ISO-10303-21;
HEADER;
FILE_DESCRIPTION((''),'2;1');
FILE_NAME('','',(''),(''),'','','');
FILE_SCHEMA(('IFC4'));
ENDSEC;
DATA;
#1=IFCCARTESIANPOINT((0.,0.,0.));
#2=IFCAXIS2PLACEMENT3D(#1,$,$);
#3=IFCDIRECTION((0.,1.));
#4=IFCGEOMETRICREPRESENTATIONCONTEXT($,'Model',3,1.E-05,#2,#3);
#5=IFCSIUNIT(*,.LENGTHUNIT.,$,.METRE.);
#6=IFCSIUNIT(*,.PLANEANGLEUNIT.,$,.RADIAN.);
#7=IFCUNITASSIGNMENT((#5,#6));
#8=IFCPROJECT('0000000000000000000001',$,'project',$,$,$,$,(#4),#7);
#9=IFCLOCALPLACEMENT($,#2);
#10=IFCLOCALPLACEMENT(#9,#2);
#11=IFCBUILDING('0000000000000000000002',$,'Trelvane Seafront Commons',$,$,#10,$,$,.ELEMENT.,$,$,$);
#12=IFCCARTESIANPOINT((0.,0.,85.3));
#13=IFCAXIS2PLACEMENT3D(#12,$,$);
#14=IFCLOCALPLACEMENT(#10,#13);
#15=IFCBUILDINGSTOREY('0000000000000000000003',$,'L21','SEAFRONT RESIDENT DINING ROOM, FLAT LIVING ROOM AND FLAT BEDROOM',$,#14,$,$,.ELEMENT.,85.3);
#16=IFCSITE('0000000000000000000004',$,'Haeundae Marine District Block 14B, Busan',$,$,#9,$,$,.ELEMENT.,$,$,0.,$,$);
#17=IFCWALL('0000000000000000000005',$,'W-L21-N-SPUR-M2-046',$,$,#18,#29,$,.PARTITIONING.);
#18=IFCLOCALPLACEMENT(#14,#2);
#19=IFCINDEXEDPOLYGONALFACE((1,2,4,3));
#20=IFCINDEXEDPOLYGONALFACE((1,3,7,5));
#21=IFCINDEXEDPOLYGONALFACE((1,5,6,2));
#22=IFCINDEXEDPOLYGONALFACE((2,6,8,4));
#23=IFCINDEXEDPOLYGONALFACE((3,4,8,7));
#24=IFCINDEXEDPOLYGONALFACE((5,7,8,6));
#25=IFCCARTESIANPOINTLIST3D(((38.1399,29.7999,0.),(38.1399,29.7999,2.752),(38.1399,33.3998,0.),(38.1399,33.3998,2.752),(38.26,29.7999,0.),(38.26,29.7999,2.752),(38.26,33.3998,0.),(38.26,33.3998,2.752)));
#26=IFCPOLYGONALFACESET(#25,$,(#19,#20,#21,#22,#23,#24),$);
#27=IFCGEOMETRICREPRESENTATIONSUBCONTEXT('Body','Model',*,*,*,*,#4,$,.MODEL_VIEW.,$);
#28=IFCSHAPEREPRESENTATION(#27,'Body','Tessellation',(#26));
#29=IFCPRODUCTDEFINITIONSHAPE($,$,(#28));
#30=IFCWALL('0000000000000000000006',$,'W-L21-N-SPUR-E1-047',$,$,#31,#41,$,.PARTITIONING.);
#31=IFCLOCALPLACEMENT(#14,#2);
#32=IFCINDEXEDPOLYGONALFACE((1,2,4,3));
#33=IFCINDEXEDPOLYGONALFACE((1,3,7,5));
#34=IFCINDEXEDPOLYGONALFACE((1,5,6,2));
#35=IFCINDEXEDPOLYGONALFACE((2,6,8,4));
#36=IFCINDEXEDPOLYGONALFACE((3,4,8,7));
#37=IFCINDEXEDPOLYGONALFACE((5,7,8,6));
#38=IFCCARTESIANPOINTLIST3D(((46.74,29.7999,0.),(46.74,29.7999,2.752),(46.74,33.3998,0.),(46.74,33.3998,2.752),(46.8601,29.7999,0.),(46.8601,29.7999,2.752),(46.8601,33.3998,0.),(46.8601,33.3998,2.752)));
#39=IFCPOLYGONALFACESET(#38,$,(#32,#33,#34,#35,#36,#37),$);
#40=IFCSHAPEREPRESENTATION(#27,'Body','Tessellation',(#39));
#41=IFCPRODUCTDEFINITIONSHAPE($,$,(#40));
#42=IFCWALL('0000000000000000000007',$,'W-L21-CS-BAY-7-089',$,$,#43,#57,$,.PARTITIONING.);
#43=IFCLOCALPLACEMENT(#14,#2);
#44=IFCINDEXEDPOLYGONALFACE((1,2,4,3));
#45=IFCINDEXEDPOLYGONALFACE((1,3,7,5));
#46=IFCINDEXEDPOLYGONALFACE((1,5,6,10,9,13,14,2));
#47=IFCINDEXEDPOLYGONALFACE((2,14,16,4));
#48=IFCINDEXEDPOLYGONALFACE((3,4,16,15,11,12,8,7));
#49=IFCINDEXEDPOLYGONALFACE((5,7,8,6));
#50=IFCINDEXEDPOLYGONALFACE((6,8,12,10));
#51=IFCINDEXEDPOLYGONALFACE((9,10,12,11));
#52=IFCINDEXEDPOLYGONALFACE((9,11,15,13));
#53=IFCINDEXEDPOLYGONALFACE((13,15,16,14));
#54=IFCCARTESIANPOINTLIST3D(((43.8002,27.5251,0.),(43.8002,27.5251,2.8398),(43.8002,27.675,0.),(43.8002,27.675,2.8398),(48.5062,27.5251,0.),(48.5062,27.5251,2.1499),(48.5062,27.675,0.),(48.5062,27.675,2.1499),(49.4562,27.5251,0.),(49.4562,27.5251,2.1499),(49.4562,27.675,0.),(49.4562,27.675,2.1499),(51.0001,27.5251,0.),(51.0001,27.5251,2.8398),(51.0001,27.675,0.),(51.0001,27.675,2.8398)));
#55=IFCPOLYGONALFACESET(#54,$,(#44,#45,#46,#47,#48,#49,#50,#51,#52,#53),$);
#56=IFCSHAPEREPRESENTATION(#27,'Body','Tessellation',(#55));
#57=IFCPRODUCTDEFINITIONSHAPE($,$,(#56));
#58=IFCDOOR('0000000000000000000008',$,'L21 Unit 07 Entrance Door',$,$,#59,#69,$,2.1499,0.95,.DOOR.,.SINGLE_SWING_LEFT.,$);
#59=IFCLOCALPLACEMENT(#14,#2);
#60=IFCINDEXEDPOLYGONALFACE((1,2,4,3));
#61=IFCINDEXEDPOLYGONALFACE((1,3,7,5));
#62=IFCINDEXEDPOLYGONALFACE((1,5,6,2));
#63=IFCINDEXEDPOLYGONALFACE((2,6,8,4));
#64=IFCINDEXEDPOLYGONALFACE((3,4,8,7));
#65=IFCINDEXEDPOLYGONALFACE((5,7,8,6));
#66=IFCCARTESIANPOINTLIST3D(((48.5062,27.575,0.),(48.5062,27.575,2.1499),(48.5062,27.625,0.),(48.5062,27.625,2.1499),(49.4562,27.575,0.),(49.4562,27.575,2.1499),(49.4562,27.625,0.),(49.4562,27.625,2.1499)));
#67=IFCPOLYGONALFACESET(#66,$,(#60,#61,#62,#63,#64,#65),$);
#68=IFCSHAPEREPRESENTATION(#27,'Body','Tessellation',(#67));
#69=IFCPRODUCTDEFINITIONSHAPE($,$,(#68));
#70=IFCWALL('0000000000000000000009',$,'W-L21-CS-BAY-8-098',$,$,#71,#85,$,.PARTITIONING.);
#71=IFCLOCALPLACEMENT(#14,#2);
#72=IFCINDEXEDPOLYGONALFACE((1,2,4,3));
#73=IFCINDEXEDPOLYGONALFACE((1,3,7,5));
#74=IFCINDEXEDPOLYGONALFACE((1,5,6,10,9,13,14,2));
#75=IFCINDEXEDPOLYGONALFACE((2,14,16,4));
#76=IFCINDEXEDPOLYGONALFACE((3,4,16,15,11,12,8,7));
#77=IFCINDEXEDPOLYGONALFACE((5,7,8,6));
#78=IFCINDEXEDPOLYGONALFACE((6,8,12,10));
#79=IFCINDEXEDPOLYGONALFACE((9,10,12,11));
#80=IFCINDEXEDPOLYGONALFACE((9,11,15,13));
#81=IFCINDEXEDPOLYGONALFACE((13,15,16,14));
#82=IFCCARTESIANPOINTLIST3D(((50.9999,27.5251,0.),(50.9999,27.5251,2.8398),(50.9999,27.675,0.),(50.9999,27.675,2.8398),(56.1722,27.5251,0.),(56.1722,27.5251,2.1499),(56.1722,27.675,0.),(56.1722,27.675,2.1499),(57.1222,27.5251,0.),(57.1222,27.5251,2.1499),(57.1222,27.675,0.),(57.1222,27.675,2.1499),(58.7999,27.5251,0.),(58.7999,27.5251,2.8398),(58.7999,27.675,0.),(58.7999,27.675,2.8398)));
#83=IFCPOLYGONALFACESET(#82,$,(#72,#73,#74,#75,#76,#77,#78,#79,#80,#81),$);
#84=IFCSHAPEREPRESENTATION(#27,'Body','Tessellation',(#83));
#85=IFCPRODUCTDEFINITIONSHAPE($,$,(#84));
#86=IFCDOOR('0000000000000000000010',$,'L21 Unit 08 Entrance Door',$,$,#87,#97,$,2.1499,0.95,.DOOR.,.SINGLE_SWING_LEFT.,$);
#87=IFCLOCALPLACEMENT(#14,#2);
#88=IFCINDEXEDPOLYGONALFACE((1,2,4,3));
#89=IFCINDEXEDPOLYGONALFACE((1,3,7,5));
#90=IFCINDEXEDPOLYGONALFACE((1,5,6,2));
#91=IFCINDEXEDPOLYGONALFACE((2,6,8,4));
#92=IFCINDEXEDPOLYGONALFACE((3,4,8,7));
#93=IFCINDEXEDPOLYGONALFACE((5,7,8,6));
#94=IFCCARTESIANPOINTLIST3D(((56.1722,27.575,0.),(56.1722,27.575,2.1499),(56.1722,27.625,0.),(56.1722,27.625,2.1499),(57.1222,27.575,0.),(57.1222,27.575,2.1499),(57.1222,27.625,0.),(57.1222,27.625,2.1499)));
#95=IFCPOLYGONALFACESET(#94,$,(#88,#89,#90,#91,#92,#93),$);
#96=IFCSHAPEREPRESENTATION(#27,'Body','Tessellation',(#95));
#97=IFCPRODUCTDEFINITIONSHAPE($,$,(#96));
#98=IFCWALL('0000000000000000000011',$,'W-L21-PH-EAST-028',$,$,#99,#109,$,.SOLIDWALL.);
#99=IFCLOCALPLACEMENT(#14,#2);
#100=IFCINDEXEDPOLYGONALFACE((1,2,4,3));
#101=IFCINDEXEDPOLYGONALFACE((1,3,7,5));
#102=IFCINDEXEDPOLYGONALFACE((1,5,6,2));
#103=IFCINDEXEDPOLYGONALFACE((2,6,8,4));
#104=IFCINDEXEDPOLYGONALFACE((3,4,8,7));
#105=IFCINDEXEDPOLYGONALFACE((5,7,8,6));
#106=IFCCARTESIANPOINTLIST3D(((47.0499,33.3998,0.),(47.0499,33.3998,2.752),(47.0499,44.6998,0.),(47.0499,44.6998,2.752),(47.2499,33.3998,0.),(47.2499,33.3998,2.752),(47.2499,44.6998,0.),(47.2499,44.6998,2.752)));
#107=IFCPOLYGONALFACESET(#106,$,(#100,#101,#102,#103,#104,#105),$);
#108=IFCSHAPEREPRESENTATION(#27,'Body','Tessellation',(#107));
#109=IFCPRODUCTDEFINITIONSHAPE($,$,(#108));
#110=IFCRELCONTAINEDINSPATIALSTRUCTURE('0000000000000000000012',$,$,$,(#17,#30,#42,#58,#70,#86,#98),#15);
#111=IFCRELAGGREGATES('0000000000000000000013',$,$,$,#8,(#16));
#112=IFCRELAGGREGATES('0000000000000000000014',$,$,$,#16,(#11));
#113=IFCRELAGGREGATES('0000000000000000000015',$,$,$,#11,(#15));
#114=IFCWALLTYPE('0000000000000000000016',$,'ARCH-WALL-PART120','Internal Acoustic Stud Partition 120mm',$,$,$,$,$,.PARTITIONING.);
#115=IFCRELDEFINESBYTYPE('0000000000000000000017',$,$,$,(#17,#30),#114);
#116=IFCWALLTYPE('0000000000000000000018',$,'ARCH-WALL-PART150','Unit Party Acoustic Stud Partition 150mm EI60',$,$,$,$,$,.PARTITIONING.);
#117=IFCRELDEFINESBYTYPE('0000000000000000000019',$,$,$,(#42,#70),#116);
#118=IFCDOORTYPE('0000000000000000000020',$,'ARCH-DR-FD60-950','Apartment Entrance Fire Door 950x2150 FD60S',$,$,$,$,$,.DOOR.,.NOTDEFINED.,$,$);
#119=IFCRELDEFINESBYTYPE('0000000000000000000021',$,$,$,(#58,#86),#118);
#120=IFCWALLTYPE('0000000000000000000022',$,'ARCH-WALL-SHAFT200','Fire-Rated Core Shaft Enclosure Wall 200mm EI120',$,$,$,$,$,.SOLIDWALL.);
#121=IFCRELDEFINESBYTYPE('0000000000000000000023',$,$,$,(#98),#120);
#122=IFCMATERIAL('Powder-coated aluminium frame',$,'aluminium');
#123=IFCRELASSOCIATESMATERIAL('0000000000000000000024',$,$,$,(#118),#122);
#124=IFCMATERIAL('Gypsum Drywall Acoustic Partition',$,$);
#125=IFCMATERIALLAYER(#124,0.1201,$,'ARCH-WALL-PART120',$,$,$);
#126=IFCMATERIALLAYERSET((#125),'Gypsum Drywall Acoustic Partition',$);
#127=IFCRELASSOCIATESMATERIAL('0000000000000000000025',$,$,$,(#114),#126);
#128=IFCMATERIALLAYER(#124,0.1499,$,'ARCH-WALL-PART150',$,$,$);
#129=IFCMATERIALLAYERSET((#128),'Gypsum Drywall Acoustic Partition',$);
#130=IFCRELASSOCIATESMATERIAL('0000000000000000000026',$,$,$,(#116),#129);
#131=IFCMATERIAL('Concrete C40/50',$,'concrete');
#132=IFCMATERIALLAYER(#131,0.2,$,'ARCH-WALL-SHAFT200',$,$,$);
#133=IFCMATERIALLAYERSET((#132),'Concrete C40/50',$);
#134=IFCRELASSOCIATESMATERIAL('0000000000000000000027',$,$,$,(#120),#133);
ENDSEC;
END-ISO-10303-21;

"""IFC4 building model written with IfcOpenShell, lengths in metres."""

from ifc_helpers import new_model, si_unit, direction, frame, frame_2d, origin, place, context, subcontext, project, spatial, rectangle, extrude, source, transform, mapped, material, layer, layer_set, type_object, element, fill, save


model = new_model("IFC4")

# Units and contexts
model_context = context("Model", 3, precision=1e-05, world=origin(), true_north=direction((0.0, 1.0)))
body_context = subcontext(model_context, "Body", "Model", "MODEL_VIEW")
ifc_project = project(units=[si_unit("LENGTHUNIT", "METRE"), si_unit("PLANEANGLEUNIT", "RADIAN")], contexts=[model_context])

# Site, building, storey
site_placement = place(None, origin())
site = spatial("IfcSite", under=ifc_project, at=site_placement, Name="Haeundae Marine District Block 14B, Busan", CompositionType="ELEMENT", RefElevation=0.0)
building_placement = place(site_placement, origin())
building = spatial("IfcBuilding", under=site, at=building_placement, Name="Trelvane Seafront Commons", CompositionType="ELEMENT")
storey_placement = place(building_placement, frame((0.0, 0.0, 85.3)))
storey = spatial("IfcBuildingStorey", under=building, at=storey_placement, Name="L21", Description="SEAFRONT RESIDENT DINING ROOM, FLAT LIVING ROOM AND FLAT BEDROOM", CompositionType="ELEMENT", Elevation=85.3)

# Shared definitions
ifc_material_1 = material(Name="Concrete C40/50", Category="concrete")
ifc_material_2 = material(Name="Powder-coated aluminium frame", Category="aluminium")
door_type_1 = type_object("IfcDoorType", Name="ARCH-DR-FD60-950", Description="Apartment Entrance Fire Door 950x2150 FD60S", OperationType="NOTDEFINED", PredefinedType="DOOR", material=ifc_material_2)
shared_shape_1 = source(origin(), body_context, "Body", "SweptSolid", [
    extrude(rectangle(XDim=0.95, YDim=2.1499, at=frame_2d((0.4751, 1.075))), frame((0.0, 0.0249, 0.0), z_axis=(0.0, -1.0, 0.0), x_axis=(1.0, 0.0, 0.0)), (0.0, 0.0, 1.0), 0.05),
])

# Shared definitions
ifc_material_3 = material(Name="Gypsum Drywall Acoustic Partition")
ifc_layer_1 = layer(ifc_material_3, 0.1201, Name="ARCH-WALL-PART120")
ifc_layer_set_1 = layer_set([ifc_layer_1], Name="Gypsum Drywall Acoustic Partition")
wall_type_1 = type_object("IfcWallType", Name="ARCH-WALL-PART120", Description="Internal Acoustic Stud Partition 120mm", PredefinedType="PARTITIONING", material=ifc_layer_set_1)

# Walls
for number, where, z_axis, x_axis, name in (
    (1, (38.2, 29.8, 0.0), (0.0, 0.0, 1.0), (0.0, 1.0, 0.0), "W-L21-N-SPUR-M2-046"),
    (2, (46.8, 29.8, 0.0), (0.0, 0.0, 1.0), (0.0, 1.0, 0.0), "W-L21-N-SPUR-E1-047"),
):
    element("IfcWall", number, at=place(storey_placement, frame(where, z_axis=z_axis, x_axis=x_axis)), inside=storey, type_object=wall_type_1, Name=name, PredefinedType="PARTITIONING", context=body_context, shape_type="SweptSolid", body=[
        extrude(rectangle(XDim=3.5999, YDim=0.1201, at=frame_2d((1.7998, 0.0))), origin(), (0.0, 0.0, 1.0), 2.752),
    ])

# Walls, openings, doors
ifc_layer_2 = layer(ifc_material_3, 0.1499, Name="ARCH-WALL-PART150")
ifc_layer_set_2 = layer_set([ifc_layer_2], Name="Gypsum Drywall Acoustic Partition")
wall_type_2 = type_object("IfcWallType", Name="ARCH-WALL-PART150", Description="Unit Party Acoustic Stud Partition 150mm EI60", PredefinedType="PARTITIONING", material=ifc_layer_set_2)
wall_1_placement = place(storey_placement, frame((43.8, 27.6001, 0.0), z_axis=(0.0, 0.0, 1.0), x_axis=(1.0, 0.0, 0.0)))
wall_1 = element("IfcWall", 3, at=wall_1_placement, inside=storey, type_object=wall_type_2, Name="W-L21-CS-BAY-7-089", PredefinedType="PARTITIONING", context=body_context, shape_type="SweptSolid", body=[
    extrude(rectangle(XDim=7.2, YDim=0.1499, at=frame_2d((3.6001, 0.0))), origin(), (0.0, 0.0, 1.0), 2.8398),
])
opening_1_placement = place(wall_1_placement, frame((4.7061, 0.0, 0.0)))
opening_1 = element("IfcOpeningElement", 4, at=opening_1_placement, cuts=wall_1, PredefinedType="OPENING", context=body_context, shape_type="SweptSolid", body=[
    extrude(rectangle(XDim=0.95, YDim=2.1499, at=frame_2d((0.4751, 1.075))), frame((0.0, 0.085, 0.0), z_axis=(0.0, -1.0, 0.0), x_axis=(1.0, 0.0, 0.0)), (0.0, 0.0, 1.0), 0.1699),
])
door_1_placement = place(opening_1_placement, origin())
door_1 = element("IfcDoor", 5, at=door_1_placement, inside=storey, type_object=door_type_1, Name="L21 Unit 07 Entrance Door", OperationType="SINGLE_SWING_LEFT", OverallHeight=2.1499, OverallWidth=0.95, PredefinedType="DOOR", context=body_context, shape_type="MappedRepresentation", body=[
    mapped(shared_shape_1, transform((0.0, 0.0, 0.0), x_axis=(1.0, 0.0, 0.0), y_axis=(0.0, 1.0, 0.0), z_axis=(0.0, 0.0, 1.0), scale=1.0)),
])
fill(opening_1, door_1)
wall_2_placement = place(storey_placement, frame((51.0, 27.6001, 0.0), z_axis=(0.0, 0.0, 1.0), x_axis=(1.0, 0.0, 0.0)))
wall_2 = element("IfcWall", 6, at=wall_2_placement, inside=storey, type_object=wall_type_2, Name="W-L21-CS-BAY-8-098", PredefinedType="PARTITIONING", context=body_context, shape_type="SweptSolid", body=[
    extrude(rectangle(XDim=7.8, YDim=0.1499, at=frame_2d((3.8999, 0.0))), origin(), (0.0, 0.0, 1.0), 2.8398),
])
opening_2_placement = place(wall_2_placement, frame((5.1721, 0.0, 0.0)))
opening_2 = element("IfcOpeningElement", 7, at=opening_2_placement, cuts=wall_2, PredefinedType="OPENING", context=body_context, shape_type="SweptSolid", body=[
    extrude(rectangle(XDim=0.95, YDim=2.1499, at=frame_2d((0.4751, 1.075))), frame((0.0, 0.085, 0.0), z_axis=(0.0, -1.0, 0.0), x_axis=(1.0, 0.0, 0.0)), (0.0, 0.0, 1.0), 0.1699),
])
door_2_placement = place(opening_2_placement, origin())
door_2 = element("IfcDoor", 8, at=door_2_placement, inside=storey, type_object=door_type_1, Name="L21 Unit 08 Entrance Door", OperationType="SINGLE_SWING_LEFT", OverallHeight=2.1499, OverallWidth=0.95, PredefinedType="DOOR", context=body_context, shape_type="MappedRepresentation", body=[
    mapped(shared_shape_1, transform((0.0, 0.0, 0.0), x_axis=(1.0, 0.0, 0.0), y_axis=(0.0, 1.0, 0.0), z_axis=(0.0, 0.0, 1.0), scale=1.0)),
])
fill(opening_2, door_2)

# Wall
ifc_layer_3 = layer(ifc_material_1, 0.2, Name="ARCH-WALL-SHAFT200")
ifc_layer_set_3 = layer_set([ifc_layer_3], Name="Concrete C40/50")
wall_type_3 = type_object("IfcWallType", Name="ARCH-WALL-SHAFT200", Description="Fire-Rated Core Shaft Enclosure Wall 200mm EI120", PredefinedType="SOLIDWALL", material=ifc_layer_set_3)
wall_3_placement = place(storey_placement, frame((47.1499, 33.3999, 0.0), z_axis=(0.0, 0.0, 1.0), x_axis=(0.0, 1.0, 0.0)))
element("IfcWall", 9, at=wall_3_placement, inside=storey, type_object=wall_type_3, Name="W-L21-PH-EAST-028", PredefinedType="SOLIDWALL", context=body_context, shape_type="SweptSolid", body=[
    extrude(rectangle(XDim=11.3, YDim=0.2, at=frame_2d((5.6499, 0.0))), origin(), (0.0, 0.0, 1.0), 2.752),
])

save(model, "model.ifc")
